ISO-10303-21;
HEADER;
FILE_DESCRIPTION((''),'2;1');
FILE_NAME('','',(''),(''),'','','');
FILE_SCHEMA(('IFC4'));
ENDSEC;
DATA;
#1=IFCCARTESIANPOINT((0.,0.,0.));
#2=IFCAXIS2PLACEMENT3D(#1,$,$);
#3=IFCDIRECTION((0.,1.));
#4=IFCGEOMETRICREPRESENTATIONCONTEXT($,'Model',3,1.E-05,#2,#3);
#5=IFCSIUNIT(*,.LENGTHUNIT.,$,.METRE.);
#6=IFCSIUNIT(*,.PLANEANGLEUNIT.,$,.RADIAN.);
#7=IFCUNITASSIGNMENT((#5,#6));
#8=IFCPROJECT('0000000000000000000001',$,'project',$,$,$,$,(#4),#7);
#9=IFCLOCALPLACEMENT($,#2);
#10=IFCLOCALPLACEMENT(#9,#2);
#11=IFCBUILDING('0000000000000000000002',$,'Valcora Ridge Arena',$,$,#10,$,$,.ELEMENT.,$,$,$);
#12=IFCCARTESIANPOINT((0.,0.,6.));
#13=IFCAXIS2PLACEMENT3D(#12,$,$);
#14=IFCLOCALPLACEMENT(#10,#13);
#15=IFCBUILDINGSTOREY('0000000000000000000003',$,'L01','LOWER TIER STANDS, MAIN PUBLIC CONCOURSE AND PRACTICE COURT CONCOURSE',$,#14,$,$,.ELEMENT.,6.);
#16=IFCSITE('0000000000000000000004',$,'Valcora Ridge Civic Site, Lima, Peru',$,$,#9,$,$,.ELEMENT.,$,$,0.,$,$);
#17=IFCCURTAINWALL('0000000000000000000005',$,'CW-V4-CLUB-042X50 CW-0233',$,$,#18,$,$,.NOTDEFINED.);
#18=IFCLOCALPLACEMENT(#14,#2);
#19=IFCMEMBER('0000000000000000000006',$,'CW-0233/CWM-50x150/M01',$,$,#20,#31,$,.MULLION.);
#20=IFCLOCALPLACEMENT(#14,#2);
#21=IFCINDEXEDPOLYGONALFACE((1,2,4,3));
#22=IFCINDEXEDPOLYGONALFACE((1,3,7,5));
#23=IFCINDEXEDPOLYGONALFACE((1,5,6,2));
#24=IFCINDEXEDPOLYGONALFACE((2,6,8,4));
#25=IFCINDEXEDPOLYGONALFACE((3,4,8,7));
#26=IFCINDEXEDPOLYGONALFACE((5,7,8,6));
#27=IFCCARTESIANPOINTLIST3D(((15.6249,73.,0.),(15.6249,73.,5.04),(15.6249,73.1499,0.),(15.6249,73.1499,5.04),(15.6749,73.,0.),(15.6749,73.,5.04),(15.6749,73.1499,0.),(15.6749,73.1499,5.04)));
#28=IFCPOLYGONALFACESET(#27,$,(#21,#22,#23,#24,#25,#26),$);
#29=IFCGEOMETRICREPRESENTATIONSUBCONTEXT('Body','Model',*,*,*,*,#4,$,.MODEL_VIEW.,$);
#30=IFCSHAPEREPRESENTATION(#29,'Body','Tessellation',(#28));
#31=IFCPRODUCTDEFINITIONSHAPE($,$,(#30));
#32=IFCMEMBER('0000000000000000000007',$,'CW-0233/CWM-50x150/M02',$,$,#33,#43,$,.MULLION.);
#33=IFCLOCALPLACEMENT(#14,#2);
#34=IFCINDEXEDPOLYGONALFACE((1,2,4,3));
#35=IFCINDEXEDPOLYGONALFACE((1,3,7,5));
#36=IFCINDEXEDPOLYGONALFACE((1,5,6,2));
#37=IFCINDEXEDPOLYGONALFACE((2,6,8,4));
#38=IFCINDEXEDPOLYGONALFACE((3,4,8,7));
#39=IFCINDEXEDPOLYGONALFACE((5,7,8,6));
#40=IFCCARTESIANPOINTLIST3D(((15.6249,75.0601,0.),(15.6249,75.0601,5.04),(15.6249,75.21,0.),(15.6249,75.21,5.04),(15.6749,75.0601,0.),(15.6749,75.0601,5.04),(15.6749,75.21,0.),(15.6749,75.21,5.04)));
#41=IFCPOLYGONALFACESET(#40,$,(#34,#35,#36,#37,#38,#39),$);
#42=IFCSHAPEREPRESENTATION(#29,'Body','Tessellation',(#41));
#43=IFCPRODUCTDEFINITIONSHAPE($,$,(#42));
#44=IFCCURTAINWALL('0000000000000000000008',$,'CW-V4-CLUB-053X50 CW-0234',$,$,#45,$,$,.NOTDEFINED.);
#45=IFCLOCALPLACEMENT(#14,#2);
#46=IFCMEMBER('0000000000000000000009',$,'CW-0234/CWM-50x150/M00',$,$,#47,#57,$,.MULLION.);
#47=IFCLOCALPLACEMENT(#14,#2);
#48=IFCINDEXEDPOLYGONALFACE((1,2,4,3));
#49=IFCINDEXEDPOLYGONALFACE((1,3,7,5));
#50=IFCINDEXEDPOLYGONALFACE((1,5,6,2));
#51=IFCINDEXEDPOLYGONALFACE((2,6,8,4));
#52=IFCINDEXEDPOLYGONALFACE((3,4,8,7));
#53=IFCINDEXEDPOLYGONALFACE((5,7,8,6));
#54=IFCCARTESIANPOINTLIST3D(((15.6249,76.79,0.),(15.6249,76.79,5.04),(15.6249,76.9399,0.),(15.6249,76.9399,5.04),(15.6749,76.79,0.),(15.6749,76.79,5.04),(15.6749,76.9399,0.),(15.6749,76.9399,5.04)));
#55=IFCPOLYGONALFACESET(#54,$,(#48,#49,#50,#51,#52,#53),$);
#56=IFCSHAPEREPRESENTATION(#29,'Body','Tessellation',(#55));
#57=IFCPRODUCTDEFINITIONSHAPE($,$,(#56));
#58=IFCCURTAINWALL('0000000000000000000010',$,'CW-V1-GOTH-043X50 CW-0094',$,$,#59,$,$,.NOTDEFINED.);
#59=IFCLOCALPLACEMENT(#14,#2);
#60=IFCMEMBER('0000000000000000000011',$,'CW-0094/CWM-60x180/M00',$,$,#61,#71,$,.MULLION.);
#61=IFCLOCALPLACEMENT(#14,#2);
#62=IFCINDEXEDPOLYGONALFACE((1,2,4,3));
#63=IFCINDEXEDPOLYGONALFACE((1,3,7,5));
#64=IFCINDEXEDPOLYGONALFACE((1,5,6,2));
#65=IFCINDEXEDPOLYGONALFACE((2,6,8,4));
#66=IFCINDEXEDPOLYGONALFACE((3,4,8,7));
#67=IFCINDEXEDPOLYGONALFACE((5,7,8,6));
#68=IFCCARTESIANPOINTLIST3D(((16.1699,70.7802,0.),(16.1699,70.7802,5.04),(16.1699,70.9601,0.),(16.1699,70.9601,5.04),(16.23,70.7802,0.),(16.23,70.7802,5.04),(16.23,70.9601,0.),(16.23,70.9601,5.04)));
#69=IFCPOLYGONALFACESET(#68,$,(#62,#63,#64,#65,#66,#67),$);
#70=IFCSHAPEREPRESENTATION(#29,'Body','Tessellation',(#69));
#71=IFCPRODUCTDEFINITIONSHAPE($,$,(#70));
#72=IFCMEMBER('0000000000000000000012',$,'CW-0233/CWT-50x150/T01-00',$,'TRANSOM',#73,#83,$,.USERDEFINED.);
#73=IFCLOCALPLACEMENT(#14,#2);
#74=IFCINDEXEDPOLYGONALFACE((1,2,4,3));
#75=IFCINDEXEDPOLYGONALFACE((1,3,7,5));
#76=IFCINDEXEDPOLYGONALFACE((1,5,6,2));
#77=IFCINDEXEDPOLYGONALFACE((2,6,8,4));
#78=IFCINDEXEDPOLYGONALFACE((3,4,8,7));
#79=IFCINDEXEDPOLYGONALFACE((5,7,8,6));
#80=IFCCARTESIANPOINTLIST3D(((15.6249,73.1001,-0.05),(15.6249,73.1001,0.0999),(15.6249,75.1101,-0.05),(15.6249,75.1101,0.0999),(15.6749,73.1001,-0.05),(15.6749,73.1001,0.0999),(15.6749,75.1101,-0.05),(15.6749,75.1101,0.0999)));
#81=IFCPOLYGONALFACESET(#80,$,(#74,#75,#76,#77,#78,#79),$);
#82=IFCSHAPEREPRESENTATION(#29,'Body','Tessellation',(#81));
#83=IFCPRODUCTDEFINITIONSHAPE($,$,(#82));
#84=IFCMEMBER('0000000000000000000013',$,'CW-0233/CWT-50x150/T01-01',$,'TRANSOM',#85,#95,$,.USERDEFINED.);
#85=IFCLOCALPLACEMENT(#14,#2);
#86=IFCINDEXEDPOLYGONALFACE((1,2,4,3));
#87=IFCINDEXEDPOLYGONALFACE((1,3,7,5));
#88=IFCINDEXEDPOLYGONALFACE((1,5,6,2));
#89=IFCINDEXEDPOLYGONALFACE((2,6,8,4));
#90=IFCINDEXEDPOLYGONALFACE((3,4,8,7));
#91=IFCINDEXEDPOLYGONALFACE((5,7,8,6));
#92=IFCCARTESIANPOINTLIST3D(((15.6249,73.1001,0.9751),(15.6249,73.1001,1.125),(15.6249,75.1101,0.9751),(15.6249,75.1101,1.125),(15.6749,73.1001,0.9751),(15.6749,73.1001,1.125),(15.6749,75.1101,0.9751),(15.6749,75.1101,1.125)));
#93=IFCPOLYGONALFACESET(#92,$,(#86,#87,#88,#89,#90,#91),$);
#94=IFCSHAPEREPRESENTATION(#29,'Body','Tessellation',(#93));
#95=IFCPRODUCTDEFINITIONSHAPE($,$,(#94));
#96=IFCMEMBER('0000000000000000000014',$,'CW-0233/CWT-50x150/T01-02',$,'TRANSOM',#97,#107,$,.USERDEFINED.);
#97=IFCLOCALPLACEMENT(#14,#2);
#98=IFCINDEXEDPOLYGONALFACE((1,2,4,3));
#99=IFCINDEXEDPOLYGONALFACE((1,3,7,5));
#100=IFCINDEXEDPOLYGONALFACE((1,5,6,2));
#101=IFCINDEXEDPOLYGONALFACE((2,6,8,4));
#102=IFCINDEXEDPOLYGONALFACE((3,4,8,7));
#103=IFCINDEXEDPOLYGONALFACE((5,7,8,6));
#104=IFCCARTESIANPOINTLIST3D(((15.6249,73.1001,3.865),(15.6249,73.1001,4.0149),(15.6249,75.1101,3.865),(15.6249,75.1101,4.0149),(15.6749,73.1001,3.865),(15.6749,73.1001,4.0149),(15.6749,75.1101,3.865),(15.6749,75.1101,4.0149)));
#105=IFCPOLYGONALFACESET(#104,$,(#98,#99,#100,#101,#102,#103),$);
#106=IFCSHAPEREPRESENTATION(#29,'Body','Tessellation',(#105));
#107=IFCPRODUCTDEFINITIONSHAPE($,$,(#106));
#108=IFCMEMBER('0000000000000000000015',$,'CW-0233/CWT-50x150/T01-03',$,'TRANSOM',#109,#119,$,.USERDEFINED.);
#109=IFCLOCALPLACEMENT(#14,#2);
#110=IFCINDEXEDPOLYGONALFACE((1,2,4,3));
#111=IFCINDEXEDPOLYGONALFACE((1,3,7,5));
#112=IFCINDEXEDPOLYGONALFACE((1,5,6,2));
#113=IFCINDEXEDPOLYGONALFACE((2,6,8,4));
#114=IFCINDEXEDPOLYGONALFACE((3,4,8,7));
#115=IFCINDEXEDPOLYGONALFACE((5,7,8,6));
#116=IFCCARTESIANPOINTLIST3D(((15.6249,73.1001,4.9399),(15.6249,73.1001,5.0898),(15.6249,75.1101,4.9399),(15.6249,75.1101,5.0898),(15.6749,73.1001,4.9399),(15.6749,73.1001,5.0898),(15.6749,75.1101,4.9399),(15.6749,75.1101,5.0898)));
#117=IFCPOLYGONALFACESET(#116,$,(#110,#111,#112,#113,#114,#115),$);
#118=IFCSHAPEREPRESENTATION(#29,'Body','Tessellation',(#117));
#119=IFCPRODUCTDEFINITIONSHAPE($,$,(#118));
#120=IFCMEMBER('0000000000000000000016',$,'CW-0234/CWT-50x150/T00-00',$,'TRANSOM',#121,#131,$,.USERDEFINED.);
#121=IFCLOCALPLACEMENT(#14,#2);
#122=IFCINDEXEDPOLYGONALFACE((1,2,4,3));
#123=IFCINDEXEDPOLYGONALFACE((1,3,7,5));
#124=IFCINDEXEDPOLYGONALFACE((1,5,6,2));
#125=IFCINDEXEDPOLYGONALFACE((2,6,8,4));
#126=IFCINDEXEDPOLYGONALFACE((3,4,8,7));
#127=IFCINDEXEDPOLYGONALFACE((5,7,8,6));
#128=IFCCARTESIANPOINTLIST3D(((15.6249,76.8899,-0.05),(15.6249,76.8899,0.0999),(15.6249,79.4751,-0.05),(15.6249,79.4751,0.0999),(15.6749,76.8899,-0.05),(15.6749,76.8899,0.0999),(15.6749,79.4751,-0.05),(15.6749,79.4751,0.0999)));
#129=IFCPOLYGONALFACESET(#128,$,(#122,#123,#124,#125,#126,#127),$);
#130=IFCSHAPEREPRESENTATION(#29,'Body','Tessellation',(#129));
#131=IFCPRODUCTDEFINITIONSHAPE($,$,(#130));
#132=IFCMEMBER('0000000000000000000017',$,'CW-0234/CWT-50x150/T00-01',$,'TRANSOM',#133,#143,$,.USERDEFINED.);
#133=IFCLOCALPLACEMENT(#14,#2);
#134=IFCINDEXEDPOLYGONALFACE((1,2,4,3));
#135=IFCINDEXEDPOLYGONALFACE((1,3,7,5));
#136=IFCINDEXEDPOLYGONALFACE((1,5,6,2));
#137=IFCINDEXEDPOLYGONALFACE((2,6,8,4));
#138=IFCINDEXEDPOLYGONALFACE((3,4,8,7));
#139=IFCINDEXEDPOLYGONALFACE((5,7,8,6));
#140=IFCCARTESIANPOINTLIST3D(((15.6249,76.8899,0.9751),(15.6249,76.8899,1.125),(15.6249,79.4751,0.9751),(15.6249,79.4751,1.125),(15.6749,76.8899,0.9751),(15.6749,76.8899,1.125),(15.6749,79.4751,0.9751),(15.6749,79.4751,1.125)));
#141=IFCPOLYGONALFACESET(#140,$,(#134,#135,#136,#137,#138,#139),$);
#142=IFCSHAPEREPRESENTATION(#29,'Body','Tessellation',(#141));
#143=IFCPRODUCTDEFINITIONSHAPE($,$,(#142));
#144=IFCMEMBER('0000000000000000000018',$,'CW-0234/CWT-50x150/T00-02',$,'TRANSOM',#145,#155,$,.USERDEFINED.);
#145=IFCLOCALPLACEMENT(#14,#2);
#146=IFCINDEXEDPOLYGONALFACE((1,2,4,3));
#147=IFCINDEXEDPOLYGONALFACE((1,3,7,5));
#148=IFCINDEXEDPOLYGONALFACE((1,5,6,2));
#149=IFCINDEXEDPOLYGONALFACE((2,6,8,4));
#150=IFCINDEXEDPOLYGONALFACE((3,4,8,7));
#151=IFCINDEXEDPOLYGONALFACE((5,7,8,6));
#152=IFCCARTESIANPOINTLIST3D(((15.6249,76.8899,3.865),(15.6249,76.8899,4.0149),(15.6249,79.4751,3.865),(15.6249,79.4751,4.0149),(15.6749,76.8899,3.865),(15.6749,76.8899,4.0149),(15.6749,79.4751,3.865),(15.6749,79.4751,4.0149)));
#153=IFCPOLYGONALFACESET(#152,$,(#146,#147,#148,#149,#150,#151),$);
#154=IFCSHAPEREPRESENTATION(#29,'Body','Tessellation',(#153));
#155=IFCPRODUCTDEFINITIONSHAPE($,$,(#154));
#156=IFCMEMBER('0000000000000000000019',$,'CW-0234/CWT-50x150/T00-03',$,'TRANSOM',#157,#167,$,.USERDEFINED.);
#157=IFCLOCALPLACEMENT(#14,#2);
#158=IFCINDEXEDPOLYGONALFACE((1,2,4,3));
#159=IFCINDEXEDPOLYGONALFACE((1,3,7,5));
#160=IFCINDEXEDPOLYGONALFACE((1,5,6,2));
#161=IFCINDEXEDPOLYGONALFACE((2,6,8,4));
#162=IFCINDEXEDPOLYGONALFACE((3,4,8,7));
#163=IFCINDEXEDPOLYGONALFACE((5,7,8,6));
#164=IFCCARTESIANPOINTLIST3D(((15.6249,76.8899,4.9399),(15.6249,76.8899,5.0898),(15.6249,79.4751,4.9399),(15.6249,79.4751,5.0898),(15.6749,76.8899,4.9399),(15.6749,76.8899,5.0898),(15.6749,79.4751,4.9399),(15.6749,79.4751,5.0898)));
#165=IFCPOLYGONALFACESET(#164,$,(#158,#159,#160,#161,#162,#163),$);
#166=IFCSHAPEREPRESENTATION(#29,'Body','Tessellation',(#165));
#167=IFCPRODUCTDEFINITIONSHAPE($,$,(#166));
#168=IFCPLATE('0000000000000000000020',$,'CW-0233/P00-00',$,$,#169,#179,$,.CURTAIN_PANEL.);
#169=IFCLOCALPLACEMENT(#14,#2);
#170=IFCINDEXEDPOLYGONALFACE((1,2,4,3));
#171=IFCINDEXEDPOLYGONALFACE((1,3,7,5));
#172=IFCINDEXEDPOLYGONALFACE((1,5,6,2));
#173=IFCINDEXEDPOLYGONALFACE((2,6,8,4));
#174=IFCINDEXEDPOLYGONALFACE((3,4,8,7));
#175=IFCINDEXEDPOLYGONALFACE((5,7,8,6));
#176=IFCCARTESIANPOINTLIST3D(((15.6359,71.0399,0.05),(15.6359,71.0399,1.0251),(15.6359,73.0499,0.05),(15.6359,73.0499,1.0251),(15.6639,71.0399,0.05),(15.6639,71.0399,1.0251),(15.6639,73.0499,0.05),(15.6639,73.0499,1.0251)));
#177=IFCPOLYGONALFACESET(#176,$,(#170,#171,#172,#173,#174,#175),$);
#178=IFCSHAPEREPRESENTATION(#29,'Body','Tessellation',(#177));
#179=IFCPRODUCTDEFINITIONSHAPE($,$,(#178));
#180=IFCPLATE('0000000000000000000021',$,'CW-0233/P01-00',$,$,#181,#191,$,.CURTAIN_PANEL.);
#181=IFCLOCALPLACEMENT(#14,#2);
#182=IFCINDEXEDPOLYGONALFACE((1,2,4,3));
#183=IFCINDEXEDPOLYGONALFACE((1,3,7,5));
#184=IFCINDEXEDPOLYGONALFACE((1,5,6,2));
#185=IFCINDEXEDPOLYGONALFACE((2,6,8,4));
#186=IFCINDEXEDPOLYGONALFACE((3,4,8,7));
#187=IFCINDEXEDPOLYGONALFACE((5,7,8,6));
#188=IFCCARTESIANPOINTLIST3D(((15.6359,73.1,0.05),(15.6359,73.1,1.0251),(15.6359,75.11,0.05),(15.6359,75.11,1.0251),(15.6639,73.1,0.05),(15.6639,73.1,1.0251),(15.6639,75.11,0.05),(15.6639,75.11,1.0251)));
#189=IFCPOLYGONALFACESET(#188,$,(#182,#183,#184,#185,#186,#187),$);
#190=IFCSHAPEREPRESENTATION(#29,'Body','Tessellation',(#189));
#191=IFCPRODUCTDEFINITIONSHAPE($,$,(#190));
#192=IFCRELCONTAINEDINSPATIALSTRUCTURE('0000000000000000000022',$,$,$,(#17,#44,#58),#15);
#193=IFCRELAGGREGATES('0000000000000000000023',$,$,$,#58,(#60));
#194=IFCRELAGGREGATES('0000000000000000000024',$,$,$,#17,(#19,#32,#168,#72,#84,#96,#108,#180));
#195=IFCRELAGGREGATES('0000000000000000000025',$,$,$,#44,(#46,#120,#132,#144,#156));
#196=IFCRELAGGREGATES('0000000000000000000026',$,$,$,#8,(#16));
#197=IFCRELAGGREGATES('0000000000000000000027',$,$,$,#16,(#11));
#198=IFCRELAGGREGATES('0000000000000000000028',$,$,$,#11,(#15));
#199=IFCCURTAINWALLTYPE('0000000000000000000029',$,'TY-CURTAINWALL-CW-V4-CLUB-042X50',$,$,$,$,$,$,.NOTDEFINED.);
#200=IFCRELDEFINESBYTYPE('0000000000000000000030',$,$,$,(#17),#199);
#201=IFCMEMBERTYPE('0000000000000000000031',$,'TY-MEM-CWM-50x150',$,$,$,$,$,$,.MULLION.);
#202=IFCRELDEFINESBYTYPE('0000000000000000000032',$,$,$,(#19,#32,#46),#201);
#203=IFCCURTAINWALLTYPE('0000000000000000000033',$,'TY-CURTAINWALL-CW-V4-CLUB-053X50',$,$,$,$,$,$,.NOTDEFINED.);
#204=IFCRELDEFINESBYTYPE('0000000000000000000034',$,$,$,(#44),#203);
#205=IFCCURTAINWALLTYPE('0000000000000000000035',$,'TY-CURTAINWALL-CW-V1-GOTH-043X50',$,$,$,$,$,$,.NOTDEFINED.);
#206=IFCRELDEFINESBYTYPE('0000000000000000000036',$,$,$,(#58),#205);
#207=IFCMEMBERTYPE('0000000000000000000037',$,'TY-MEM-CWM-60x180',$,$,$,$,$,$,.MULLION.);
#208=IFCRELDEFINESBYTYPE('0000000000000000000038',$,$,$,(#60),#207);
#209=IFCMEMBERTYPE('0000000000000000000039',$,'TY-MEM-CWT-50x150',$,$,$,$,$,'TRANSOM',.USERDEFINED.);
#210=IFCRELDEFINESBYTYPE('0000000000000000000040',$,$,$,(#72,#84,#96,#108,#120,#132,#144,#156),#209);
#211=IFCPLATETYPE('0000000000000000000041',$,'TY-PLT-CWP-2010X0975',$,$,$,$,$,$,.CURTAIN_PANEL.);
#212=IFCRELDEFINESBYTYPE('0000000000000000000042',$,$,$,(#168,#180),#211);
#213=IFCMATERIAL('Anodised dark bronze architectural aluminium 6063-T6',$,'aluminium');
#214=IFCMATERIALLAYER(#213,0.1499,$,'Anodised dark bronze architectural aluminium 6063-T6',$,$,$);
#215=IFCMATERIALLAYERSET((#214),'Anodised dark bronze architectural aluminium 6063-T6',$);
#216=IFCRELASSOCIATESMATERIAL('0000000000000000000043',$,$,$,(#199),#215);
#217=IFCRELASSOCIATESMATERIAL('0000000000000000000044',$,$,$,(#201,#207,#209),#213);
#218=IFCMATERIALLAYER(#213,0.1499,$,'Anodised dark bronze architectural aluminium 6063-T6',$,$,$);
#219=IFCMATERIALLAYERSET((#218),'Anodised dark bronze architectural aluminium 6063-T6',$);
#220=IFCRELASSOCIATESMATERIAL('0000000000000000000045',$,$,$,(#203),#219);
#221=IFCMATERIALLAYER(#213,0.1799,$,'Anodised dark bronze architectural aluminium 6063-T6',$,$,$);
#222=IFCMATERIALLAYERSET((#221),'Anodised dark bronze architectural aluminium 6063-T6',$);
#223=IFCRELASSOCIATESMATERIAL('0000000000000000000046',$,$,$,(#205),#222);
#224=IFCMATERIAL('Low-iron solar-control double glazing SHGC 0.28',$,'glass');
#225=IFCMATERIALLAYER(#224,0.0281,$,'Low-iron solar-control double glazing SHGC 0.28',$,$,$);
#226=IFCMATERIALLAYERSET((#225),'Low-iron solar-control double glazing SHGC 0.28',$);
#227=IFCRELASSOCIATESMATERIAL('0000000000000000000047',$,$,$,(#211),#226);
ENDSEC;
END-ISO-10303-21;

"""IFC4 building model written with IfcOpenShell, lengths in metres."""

from ifc_helpers import new_model, si_unit, direction, frame, origin, origin_2d, place, context, subcontext, project, spatial, rectangle, extrude, material, layer, layer_set, material_profile, profile_set, type_object, element, aggregate, save


model = new_model("IFC4")

# Units and contexts
model_context = context("Model", 3, precision=1e-05, world=origin(), true_north=direction((0.0, 1.0)))
body_context = subcontext(model_context, "Body", "Model", "MODEL_VIEW")
ifc_project = project(units=[si_unit("LENGTHUNIT", "METRE"), si_unit("PLANEANGLEUNIT", "RADIAN")], contexts=[model_context])

# Site, building, storey
site_placement = place(None, origin())
site = spatial("IfcSite", under=ifc_project, at=site_placement, Name="Valcora Ridge Civic Site, Lima, Peru", CompositionType="ELEMENT", RefElevation=0.0)
building_placement = place(site_placement, origin())
building = spatial("IfcBuilding", under=site, at=building_placement, Name="Valcora Ridge Arena", CompositionType="ELEMENT")
storey_placement = place(building_placement, frame((0.0, 0.0, 6.0)))
storey = spatial("IfcBuildingStorey", under=building, at=storey_placement, Name="L01", Description="LOWER TIER STANDS, MAIN PUBLIC CONCOURSE AND PRACTICE COURT CONCOURSE", CompositionType="ELEMENT", Elevation=6.0)

# Curtain wall, members
ifc_material_1 = material(Name="Anodised dark bronze architectural aluminium 6063-T6", Category="aluminium")
ifc_layer_1 = layer(ifc_material_1, 0.1499, Name="Anodised dark bronze architectural aluminium 6063-T6")
ifc_layer_set_1 = layer_set([ifc_layer_1], Name="Anodised dark bronze architectural aluminium 6063-T6")
curtain_wall_type_1 = type_object("IfcCurtainWallType", Name="TY-CURTAINWALL-CW-V4-CLUB-042X50", PredefinedType="NOTDEFINED", material=ifc_layer_set_1)
curtain_wall_1_placement = place(storey_placement, origin())
curtain_wall_1 = element("IfcCurtainWall", 1, at=curtain_wall_1_placement, inside=storey, type_object=curtain_wall_type_1, Name="CW-V4-CLUB-042X50 CW-0233", PredefinedType="NOTDEFINED")
ifc_material_profile_1 = material_profile(ifc_material_1, rectangle(XDim=0.05, YDim=0.1499, at=origin_2d()), Name="ALU MULLION 50x150")
ifc_profile_set_1 = profile_set([ifc_material_profile_1], Name="Anodised dark bronze architectural aluminium 6063-T6")
member_type_1 = type_object("IfcMemberType", Name="TY-MEM-CWM-50x150", PredefinedType="MULLION", material=ifc_profile_set_1)
member_1_placement = place(storey_placement, frame((15.6499, 73.075, 0.0), z_axis=(0.0, 0.0, 1.0), x_axis=(-1.0, 0.0, 0.0)))
member_1 = element("IfcMember", 2, at=member_1_placement, type_object=member_type_1, Name="CW-0233/CWM-50x150/M01", PredefinedType="MULLION", context=body_context, shape_type="SweptSolid", body=[
    extrude(rectangle(XDim=0.05, YDim=0.1499, at=origin_2d()), origin(), (0.0, 0.0, 1.0), 5.04),
])
member_2_placement = place(storey_placement, frame((15.6499, 75.135, 0.0), z_axis=(0.0, 0.0, 1.0), x_axis=(-1.0, 0.0, 0.0)))
member_2 = element("IfcMember", 3, at=member_2_placement, type_object=member_type_1, Name="CW-0233/CWM-50x150/M02", PredefinedType="MULLION", context=body_context, shape_type="SweptSolid", body=[
    extrude(rectangle(XDim=0.05, YDim=0.1499, at=origin_2d()), origin(), (0.0, 0.0, 1.0), 5.04),
])

# Curtain walls, members
ifc_layer_2 = layer(ifc_material_1, 0.1499, Name="Anodised dark bronze architectural aluminium 6063-T6")
ifc_layer_set_2 = layer_set([ifc_layer_2], Name="Anodised dark bronze architectural aluminium 6063-T6")
curtain_wall_type_2 = type_object("IfcCurtainWallType", Name="TY-CURTAINWALL-CW-V4-CLUB-053X50", PredefinedType="NOTDEFINED", material=ifc_layer_set_2)
curtain_wall_2_placement = place(storey_placement, origin())
curtain_wall_2 = element("IfcCurtainWall", 4, at=curtain_wall_2_placement, inside=storey, type_object=curtain_wall_type_2, Name="CW-V4-CLUB-053X50 CW-0234", PredefinedType="NOTDEFINED")
member_3_placement = place(storey_placement, frame((15.6499, 76.865, 0.0), z_axis=(0.0, 0.0, 1.0), x_axis=(-1.0, 0.0, 0.0)))
member_3 = element("IfcMember", 5, at=member_3_placement, type_object=member_type_1, Name="CW-0234/CWM-50x150/M00", PredefinedType="MULLION", context=body_context, shape_type="SweptSolid", body=[
    extrude(rectangle(XDim=0.05, YDim=0.1499, at=origin_2d()), origin(), (0.0, 0.0, 1.0), 5.04),
])
ifc_layer_3 = layer(ifc_material_1, 0.1799, Name="Anodised dark bronze architectural aluminium 6063-T6")
ifc_layer_set_3 = layer_set([ifc_layer_3], Name="Anodised dark bronze architectural aluminium 6063-T6")
curtain_wall_type_3 = type_object("IfcCurtainWallType", Name="TY-CURTAINWALL-CW-V1-GOTH-043X50", PredefinedType="NOTDEFINED", material=ifc_layer_set_3)
curtain_wall_3_placement = place(storey_placement, origin())
curtain_wall_3 = element("IfcCurtainWall", 6, at=curtain_wall_3_placement, inside=storey, type_object=curtain_wall_type_3, Name="CW-V1-GOTH-043X50 CW-0094", PredefinedType="NOTDEFINED")
ifc_material_profile_2 = material_profile(ifc_material_1, rectangle(XDim=0.0601, YDim=0.1799, at=origin_2d()), Name="ALU MULLION 60x180")
ifc_profile_set_2 = profile_set([ifc_material_profile_2], Name="Anodised dark bronze architectural aluminium 6063-T6")
member_type_2 = type_object("IfcMemberType", Name="TY-MEM-CWM-60x180", PredefinedType="MULLION", material=ifc_profile_set_2)
member_4_placement = place(storey_placement, frame((16.2, 70.8701, 0.0), z_axis=(0.0, 0.0, 1.0), x_axis=(-1.0, 0.0, 0.0)))
member_4 = element("IfcMember", 7, at=member_4_placement, type_object=member_type_2, Name="CW-0094/CWM-60x180/M00", PredefinedType="MULLION", context=body_context, shape_type="SweptSolid", body=[
    extrude(rectangle(XDim=0.0601, YDim=0.1799, at=origin_2d()), origin(), (0.0, 0.0, 1.0), 5.04),
])
aggregate(curtain_wall_3, [member_4])

# Members
ifc_material_profile_3 = material_profile(ifc_material_1, rectangle(XDim=0.05, YDim=0.1499, at=origin_2d()), Name="ALU TRANSOM 50x150")
ifc_profile_set_3 = profile_set([ifc_material_profile_3], Name="Anodised dark bronze architectural aluminium 6063-T6")
member_type_3 = type_object("IfcMemberType", Name="TY-MEM-CWT-50x150", ElementType="TRANSOM", PredefinedType="USERDEFINED", material=ifc_profile_set_3)
member_5_placement = place(storey_placement, frame((15.6499, 73.1001, 0.0249), z_axis=(0.0, 1.0, 0.0), x_axis=(-1.0, 0.0, 0.0)))
member_5 = element("IfcMember", 8, at=member_5_placement, type_object=member_type_3, Name="CW-0233/CWT-50x150/T01-00", ObjectType="TRANSOM", PredefinedType="USERDEFINED", context=body_context, shape_type="SweptSolid", body=[
    extrude(rectangle(XDim=0.05, YDim=0.1499, at=origin_2d()), origin(), (0.0, 0.0, 1.0), 2.01),
])
member_6_placement = place(storey_placement, frame((15.6499, 73.1001, 1.05), z_axis=(0.0, 1.0, 0.0), x_axis=(-1.0, 0.0, 0.0)))
member_6 = element("IfcMember", 9, at=member_6_placement, type_object=member_type_3, Name="CW-0233/CWT-50x150/T01-01", ObjectType="TRANSOM", PredefinedType="USERDEFINED", context=body_context, shape_type="SweptSolid", body=[
    extrude(rectangle(XDim=0.05, YDim=0.1499, at=origin_2d()), origin(), (0.0, 0.0, 1.0), 2.01),
])
member_7_placement = place(storey_placement, frame((15.6499, 73.1001, 3.9399), z_axis=(0.0, 1.0, 0.0), x_axis=(-1.0, 0.0, 0.0)))
member_7 = element("IfcMember", 10, at=member_7_placement, type_object=member_type_3, Name="CW-0233/CWT-50x150/T01-02", ObjectType="TRANSOM", PredefinedType="USERDEFINED", context=body_context, shape_type="SweptSolid", body=[
    extrude(rectangle(XDim=0.05, YDim=0.1499, at=origin_2d()), origin(), (0.0, 0.0, 1.0), 2.01),
])
member_8_placement = place(storey_placement, frame((15.6499, 73.1001, 5.0149), z_axis=(0.0, 1.0, 0.0), x_axis=(-1.0, 0.0, 0.0)))
member_8 = element("IfcMember", 11, at=member_8_placement, type_object=member_type_3, Name="CW-0233/CWT-50x150/T01-03", ObjectType="TRANSOM", PredefinedType="USERDEFINED", context=body_context, shape_type="SweptSolid", body=[
    extrude(rectangle(XDim=0.05, YDim=0.1499, at=origin_2d()), origin(), (0.0, 0.0, 1.0), 2.01),
])
member_9_placement = place(storey_placement, frame((15.6499, 76.8899, 0.0249), z_axis=(0.0, 1.0, 0.0), x_axis=(-1.0, 0.0, 0.0)))
member_9 = element("IfcMember", 12, at=member_9_placement, type_object=member_type_3, Name="CW-0234/CWT-50x150/T00-00", ObjectType="TRANSOM", PredefinedType="USERDEFINED", context=body_context, shape_type="SweptSolid", body=[
    extrude(rectangle(XDim=0.05, YDim=0.1499, at=origin_2d()), origin(), (0.0, 0.0, 1.0), 2.5852),
])
member_10_placement = place(storey_placement, frame((15.6499, 76.8899, 1.05), z_axis=(0.0, 1.0, 0.0), x_axis=(-1.0, 0.0, 0.0)))
member_10 = element("IfcMember", 13, at=member_10_placement, type_object=member_type_3, Name="CW-0234/CWT-50x150/T00-01", ObjectType="TRANSOM", PredefinedType="USERDEFINED", context=body_context, shape_type="SweptSolid", body=[
    extrude(rectangle(XDim=0.05, YDim=0.1499, at=origin_2d()), origin(), (0.0, 0.0, 1.0), 2.5852),
])
member_11_placement = place(storey_placement, frame((15.6499, 76.8899, 3.9399), z_axis=(0.0, 1.0, 0.0), x_axis=(-1.0, 0.0, 0.0)))
member_11 = element("IfcMember", 14, at=member_11_placement, type_object=member_type_3, Name="CW-0234/CWT-50x150/T00-02", ObjectType="TRANSOM", PredefinedType="USERDEFINED", context=body_context, shape_type="SweptSolid", body=[
    extrude(rectangle(XDim=0.05, YDim=0.1499, at=origin_2d()), origin(), (0.0, 0.0, 1.0), 2.5852),
])
member_12_placement = place(storey_placement, frame((15.6499, 76.8899, 5.0149), z_axis=(0.0, 1.0, 0.0), x_axis=(-1.0, 0.0, 0.0)))
member_12 = element("IfcMember", 15, at=member_12_placement, type_object=member_type_3, Name="CW-0234/CWT-50x150/T00-03", ObjectType="TRANSOM", PredefinedType="USERDEFINED", context=body_context, shape_type="SweptSolid", body=[
    extrude(rectangle(XDim=0.05, YDim=0.1499, at=origin_2d()), origin(), (0.0, 0.0, 1.0), 2.5852),
])

# Plates
ifc_material_2 = material(Name="Low-iron solar-control double glazing SHGC 0.28", Category="glass")
ifc_layer_4 = layer(ifc_material_2, 0.0281, Name="Low-iron solar-control double glazing SHGC 0.28")
ifc_layer_set_4 = layer_set([ifc_layer_4], Name="Low-iron solar-control double glazing SHGC 0.28")
plate_type_1 = type_object("IfcPlateType", Name="TY-PLT-CWP-2010X0975", PredefinedType="CURTAIN_PANEL", material=ifc_layer_set_4)
plate_1_placement = place(storey_placement, frame((15.6499, 72.0449, 0.05), z_axis=(0.0, 0.0, 1.0), x_axis=(0.0, 1.0, 0.0)))
plate_1 = element("IfcPlate", 16, at=plate_1_placement, type_object=plate_type_1, Name="CW-0233/P00-00", PredefinedType="CURTAIN_PANEL", context=body_context, shape_type="SweptSolid", body=[
    extrude(rectangle(XDim=2.01, YDim=0.0281, at=origin_2d()), origin(), (0.0, 0.0, 1.0), 0.9751),
])
plate_2_placement = place(storey_placement, frame((15.6499, 74.105, 0.05), z_axis=(0.0, 0.0, 1.0), x_axis=(0.0, 1.0, 0.0)))
plate_2 = element("IfcPlate", 17, at=plate_2_placement, type_object=plate_type_1, Name="CW-0233/P01-00", PredefinedType="CURTAIN_PANEL", context=body_context, shape_type="SweptSolid", body=[
    extrude(rectangle(XDim=2.01, YDim=0.0281, at=origin_2d()), origin(), (0.0, 0.0, 1.0), 0.9751),
])
aggregate(curtain_wall_1, [member_1, member_2, plate_1, member_5, member_6, member_7, member_8, plate_2])
aggregate(curtain_wall_2, [member_3, member_9, member_10, member_11, member_12])

save(model, "model.ifc")
